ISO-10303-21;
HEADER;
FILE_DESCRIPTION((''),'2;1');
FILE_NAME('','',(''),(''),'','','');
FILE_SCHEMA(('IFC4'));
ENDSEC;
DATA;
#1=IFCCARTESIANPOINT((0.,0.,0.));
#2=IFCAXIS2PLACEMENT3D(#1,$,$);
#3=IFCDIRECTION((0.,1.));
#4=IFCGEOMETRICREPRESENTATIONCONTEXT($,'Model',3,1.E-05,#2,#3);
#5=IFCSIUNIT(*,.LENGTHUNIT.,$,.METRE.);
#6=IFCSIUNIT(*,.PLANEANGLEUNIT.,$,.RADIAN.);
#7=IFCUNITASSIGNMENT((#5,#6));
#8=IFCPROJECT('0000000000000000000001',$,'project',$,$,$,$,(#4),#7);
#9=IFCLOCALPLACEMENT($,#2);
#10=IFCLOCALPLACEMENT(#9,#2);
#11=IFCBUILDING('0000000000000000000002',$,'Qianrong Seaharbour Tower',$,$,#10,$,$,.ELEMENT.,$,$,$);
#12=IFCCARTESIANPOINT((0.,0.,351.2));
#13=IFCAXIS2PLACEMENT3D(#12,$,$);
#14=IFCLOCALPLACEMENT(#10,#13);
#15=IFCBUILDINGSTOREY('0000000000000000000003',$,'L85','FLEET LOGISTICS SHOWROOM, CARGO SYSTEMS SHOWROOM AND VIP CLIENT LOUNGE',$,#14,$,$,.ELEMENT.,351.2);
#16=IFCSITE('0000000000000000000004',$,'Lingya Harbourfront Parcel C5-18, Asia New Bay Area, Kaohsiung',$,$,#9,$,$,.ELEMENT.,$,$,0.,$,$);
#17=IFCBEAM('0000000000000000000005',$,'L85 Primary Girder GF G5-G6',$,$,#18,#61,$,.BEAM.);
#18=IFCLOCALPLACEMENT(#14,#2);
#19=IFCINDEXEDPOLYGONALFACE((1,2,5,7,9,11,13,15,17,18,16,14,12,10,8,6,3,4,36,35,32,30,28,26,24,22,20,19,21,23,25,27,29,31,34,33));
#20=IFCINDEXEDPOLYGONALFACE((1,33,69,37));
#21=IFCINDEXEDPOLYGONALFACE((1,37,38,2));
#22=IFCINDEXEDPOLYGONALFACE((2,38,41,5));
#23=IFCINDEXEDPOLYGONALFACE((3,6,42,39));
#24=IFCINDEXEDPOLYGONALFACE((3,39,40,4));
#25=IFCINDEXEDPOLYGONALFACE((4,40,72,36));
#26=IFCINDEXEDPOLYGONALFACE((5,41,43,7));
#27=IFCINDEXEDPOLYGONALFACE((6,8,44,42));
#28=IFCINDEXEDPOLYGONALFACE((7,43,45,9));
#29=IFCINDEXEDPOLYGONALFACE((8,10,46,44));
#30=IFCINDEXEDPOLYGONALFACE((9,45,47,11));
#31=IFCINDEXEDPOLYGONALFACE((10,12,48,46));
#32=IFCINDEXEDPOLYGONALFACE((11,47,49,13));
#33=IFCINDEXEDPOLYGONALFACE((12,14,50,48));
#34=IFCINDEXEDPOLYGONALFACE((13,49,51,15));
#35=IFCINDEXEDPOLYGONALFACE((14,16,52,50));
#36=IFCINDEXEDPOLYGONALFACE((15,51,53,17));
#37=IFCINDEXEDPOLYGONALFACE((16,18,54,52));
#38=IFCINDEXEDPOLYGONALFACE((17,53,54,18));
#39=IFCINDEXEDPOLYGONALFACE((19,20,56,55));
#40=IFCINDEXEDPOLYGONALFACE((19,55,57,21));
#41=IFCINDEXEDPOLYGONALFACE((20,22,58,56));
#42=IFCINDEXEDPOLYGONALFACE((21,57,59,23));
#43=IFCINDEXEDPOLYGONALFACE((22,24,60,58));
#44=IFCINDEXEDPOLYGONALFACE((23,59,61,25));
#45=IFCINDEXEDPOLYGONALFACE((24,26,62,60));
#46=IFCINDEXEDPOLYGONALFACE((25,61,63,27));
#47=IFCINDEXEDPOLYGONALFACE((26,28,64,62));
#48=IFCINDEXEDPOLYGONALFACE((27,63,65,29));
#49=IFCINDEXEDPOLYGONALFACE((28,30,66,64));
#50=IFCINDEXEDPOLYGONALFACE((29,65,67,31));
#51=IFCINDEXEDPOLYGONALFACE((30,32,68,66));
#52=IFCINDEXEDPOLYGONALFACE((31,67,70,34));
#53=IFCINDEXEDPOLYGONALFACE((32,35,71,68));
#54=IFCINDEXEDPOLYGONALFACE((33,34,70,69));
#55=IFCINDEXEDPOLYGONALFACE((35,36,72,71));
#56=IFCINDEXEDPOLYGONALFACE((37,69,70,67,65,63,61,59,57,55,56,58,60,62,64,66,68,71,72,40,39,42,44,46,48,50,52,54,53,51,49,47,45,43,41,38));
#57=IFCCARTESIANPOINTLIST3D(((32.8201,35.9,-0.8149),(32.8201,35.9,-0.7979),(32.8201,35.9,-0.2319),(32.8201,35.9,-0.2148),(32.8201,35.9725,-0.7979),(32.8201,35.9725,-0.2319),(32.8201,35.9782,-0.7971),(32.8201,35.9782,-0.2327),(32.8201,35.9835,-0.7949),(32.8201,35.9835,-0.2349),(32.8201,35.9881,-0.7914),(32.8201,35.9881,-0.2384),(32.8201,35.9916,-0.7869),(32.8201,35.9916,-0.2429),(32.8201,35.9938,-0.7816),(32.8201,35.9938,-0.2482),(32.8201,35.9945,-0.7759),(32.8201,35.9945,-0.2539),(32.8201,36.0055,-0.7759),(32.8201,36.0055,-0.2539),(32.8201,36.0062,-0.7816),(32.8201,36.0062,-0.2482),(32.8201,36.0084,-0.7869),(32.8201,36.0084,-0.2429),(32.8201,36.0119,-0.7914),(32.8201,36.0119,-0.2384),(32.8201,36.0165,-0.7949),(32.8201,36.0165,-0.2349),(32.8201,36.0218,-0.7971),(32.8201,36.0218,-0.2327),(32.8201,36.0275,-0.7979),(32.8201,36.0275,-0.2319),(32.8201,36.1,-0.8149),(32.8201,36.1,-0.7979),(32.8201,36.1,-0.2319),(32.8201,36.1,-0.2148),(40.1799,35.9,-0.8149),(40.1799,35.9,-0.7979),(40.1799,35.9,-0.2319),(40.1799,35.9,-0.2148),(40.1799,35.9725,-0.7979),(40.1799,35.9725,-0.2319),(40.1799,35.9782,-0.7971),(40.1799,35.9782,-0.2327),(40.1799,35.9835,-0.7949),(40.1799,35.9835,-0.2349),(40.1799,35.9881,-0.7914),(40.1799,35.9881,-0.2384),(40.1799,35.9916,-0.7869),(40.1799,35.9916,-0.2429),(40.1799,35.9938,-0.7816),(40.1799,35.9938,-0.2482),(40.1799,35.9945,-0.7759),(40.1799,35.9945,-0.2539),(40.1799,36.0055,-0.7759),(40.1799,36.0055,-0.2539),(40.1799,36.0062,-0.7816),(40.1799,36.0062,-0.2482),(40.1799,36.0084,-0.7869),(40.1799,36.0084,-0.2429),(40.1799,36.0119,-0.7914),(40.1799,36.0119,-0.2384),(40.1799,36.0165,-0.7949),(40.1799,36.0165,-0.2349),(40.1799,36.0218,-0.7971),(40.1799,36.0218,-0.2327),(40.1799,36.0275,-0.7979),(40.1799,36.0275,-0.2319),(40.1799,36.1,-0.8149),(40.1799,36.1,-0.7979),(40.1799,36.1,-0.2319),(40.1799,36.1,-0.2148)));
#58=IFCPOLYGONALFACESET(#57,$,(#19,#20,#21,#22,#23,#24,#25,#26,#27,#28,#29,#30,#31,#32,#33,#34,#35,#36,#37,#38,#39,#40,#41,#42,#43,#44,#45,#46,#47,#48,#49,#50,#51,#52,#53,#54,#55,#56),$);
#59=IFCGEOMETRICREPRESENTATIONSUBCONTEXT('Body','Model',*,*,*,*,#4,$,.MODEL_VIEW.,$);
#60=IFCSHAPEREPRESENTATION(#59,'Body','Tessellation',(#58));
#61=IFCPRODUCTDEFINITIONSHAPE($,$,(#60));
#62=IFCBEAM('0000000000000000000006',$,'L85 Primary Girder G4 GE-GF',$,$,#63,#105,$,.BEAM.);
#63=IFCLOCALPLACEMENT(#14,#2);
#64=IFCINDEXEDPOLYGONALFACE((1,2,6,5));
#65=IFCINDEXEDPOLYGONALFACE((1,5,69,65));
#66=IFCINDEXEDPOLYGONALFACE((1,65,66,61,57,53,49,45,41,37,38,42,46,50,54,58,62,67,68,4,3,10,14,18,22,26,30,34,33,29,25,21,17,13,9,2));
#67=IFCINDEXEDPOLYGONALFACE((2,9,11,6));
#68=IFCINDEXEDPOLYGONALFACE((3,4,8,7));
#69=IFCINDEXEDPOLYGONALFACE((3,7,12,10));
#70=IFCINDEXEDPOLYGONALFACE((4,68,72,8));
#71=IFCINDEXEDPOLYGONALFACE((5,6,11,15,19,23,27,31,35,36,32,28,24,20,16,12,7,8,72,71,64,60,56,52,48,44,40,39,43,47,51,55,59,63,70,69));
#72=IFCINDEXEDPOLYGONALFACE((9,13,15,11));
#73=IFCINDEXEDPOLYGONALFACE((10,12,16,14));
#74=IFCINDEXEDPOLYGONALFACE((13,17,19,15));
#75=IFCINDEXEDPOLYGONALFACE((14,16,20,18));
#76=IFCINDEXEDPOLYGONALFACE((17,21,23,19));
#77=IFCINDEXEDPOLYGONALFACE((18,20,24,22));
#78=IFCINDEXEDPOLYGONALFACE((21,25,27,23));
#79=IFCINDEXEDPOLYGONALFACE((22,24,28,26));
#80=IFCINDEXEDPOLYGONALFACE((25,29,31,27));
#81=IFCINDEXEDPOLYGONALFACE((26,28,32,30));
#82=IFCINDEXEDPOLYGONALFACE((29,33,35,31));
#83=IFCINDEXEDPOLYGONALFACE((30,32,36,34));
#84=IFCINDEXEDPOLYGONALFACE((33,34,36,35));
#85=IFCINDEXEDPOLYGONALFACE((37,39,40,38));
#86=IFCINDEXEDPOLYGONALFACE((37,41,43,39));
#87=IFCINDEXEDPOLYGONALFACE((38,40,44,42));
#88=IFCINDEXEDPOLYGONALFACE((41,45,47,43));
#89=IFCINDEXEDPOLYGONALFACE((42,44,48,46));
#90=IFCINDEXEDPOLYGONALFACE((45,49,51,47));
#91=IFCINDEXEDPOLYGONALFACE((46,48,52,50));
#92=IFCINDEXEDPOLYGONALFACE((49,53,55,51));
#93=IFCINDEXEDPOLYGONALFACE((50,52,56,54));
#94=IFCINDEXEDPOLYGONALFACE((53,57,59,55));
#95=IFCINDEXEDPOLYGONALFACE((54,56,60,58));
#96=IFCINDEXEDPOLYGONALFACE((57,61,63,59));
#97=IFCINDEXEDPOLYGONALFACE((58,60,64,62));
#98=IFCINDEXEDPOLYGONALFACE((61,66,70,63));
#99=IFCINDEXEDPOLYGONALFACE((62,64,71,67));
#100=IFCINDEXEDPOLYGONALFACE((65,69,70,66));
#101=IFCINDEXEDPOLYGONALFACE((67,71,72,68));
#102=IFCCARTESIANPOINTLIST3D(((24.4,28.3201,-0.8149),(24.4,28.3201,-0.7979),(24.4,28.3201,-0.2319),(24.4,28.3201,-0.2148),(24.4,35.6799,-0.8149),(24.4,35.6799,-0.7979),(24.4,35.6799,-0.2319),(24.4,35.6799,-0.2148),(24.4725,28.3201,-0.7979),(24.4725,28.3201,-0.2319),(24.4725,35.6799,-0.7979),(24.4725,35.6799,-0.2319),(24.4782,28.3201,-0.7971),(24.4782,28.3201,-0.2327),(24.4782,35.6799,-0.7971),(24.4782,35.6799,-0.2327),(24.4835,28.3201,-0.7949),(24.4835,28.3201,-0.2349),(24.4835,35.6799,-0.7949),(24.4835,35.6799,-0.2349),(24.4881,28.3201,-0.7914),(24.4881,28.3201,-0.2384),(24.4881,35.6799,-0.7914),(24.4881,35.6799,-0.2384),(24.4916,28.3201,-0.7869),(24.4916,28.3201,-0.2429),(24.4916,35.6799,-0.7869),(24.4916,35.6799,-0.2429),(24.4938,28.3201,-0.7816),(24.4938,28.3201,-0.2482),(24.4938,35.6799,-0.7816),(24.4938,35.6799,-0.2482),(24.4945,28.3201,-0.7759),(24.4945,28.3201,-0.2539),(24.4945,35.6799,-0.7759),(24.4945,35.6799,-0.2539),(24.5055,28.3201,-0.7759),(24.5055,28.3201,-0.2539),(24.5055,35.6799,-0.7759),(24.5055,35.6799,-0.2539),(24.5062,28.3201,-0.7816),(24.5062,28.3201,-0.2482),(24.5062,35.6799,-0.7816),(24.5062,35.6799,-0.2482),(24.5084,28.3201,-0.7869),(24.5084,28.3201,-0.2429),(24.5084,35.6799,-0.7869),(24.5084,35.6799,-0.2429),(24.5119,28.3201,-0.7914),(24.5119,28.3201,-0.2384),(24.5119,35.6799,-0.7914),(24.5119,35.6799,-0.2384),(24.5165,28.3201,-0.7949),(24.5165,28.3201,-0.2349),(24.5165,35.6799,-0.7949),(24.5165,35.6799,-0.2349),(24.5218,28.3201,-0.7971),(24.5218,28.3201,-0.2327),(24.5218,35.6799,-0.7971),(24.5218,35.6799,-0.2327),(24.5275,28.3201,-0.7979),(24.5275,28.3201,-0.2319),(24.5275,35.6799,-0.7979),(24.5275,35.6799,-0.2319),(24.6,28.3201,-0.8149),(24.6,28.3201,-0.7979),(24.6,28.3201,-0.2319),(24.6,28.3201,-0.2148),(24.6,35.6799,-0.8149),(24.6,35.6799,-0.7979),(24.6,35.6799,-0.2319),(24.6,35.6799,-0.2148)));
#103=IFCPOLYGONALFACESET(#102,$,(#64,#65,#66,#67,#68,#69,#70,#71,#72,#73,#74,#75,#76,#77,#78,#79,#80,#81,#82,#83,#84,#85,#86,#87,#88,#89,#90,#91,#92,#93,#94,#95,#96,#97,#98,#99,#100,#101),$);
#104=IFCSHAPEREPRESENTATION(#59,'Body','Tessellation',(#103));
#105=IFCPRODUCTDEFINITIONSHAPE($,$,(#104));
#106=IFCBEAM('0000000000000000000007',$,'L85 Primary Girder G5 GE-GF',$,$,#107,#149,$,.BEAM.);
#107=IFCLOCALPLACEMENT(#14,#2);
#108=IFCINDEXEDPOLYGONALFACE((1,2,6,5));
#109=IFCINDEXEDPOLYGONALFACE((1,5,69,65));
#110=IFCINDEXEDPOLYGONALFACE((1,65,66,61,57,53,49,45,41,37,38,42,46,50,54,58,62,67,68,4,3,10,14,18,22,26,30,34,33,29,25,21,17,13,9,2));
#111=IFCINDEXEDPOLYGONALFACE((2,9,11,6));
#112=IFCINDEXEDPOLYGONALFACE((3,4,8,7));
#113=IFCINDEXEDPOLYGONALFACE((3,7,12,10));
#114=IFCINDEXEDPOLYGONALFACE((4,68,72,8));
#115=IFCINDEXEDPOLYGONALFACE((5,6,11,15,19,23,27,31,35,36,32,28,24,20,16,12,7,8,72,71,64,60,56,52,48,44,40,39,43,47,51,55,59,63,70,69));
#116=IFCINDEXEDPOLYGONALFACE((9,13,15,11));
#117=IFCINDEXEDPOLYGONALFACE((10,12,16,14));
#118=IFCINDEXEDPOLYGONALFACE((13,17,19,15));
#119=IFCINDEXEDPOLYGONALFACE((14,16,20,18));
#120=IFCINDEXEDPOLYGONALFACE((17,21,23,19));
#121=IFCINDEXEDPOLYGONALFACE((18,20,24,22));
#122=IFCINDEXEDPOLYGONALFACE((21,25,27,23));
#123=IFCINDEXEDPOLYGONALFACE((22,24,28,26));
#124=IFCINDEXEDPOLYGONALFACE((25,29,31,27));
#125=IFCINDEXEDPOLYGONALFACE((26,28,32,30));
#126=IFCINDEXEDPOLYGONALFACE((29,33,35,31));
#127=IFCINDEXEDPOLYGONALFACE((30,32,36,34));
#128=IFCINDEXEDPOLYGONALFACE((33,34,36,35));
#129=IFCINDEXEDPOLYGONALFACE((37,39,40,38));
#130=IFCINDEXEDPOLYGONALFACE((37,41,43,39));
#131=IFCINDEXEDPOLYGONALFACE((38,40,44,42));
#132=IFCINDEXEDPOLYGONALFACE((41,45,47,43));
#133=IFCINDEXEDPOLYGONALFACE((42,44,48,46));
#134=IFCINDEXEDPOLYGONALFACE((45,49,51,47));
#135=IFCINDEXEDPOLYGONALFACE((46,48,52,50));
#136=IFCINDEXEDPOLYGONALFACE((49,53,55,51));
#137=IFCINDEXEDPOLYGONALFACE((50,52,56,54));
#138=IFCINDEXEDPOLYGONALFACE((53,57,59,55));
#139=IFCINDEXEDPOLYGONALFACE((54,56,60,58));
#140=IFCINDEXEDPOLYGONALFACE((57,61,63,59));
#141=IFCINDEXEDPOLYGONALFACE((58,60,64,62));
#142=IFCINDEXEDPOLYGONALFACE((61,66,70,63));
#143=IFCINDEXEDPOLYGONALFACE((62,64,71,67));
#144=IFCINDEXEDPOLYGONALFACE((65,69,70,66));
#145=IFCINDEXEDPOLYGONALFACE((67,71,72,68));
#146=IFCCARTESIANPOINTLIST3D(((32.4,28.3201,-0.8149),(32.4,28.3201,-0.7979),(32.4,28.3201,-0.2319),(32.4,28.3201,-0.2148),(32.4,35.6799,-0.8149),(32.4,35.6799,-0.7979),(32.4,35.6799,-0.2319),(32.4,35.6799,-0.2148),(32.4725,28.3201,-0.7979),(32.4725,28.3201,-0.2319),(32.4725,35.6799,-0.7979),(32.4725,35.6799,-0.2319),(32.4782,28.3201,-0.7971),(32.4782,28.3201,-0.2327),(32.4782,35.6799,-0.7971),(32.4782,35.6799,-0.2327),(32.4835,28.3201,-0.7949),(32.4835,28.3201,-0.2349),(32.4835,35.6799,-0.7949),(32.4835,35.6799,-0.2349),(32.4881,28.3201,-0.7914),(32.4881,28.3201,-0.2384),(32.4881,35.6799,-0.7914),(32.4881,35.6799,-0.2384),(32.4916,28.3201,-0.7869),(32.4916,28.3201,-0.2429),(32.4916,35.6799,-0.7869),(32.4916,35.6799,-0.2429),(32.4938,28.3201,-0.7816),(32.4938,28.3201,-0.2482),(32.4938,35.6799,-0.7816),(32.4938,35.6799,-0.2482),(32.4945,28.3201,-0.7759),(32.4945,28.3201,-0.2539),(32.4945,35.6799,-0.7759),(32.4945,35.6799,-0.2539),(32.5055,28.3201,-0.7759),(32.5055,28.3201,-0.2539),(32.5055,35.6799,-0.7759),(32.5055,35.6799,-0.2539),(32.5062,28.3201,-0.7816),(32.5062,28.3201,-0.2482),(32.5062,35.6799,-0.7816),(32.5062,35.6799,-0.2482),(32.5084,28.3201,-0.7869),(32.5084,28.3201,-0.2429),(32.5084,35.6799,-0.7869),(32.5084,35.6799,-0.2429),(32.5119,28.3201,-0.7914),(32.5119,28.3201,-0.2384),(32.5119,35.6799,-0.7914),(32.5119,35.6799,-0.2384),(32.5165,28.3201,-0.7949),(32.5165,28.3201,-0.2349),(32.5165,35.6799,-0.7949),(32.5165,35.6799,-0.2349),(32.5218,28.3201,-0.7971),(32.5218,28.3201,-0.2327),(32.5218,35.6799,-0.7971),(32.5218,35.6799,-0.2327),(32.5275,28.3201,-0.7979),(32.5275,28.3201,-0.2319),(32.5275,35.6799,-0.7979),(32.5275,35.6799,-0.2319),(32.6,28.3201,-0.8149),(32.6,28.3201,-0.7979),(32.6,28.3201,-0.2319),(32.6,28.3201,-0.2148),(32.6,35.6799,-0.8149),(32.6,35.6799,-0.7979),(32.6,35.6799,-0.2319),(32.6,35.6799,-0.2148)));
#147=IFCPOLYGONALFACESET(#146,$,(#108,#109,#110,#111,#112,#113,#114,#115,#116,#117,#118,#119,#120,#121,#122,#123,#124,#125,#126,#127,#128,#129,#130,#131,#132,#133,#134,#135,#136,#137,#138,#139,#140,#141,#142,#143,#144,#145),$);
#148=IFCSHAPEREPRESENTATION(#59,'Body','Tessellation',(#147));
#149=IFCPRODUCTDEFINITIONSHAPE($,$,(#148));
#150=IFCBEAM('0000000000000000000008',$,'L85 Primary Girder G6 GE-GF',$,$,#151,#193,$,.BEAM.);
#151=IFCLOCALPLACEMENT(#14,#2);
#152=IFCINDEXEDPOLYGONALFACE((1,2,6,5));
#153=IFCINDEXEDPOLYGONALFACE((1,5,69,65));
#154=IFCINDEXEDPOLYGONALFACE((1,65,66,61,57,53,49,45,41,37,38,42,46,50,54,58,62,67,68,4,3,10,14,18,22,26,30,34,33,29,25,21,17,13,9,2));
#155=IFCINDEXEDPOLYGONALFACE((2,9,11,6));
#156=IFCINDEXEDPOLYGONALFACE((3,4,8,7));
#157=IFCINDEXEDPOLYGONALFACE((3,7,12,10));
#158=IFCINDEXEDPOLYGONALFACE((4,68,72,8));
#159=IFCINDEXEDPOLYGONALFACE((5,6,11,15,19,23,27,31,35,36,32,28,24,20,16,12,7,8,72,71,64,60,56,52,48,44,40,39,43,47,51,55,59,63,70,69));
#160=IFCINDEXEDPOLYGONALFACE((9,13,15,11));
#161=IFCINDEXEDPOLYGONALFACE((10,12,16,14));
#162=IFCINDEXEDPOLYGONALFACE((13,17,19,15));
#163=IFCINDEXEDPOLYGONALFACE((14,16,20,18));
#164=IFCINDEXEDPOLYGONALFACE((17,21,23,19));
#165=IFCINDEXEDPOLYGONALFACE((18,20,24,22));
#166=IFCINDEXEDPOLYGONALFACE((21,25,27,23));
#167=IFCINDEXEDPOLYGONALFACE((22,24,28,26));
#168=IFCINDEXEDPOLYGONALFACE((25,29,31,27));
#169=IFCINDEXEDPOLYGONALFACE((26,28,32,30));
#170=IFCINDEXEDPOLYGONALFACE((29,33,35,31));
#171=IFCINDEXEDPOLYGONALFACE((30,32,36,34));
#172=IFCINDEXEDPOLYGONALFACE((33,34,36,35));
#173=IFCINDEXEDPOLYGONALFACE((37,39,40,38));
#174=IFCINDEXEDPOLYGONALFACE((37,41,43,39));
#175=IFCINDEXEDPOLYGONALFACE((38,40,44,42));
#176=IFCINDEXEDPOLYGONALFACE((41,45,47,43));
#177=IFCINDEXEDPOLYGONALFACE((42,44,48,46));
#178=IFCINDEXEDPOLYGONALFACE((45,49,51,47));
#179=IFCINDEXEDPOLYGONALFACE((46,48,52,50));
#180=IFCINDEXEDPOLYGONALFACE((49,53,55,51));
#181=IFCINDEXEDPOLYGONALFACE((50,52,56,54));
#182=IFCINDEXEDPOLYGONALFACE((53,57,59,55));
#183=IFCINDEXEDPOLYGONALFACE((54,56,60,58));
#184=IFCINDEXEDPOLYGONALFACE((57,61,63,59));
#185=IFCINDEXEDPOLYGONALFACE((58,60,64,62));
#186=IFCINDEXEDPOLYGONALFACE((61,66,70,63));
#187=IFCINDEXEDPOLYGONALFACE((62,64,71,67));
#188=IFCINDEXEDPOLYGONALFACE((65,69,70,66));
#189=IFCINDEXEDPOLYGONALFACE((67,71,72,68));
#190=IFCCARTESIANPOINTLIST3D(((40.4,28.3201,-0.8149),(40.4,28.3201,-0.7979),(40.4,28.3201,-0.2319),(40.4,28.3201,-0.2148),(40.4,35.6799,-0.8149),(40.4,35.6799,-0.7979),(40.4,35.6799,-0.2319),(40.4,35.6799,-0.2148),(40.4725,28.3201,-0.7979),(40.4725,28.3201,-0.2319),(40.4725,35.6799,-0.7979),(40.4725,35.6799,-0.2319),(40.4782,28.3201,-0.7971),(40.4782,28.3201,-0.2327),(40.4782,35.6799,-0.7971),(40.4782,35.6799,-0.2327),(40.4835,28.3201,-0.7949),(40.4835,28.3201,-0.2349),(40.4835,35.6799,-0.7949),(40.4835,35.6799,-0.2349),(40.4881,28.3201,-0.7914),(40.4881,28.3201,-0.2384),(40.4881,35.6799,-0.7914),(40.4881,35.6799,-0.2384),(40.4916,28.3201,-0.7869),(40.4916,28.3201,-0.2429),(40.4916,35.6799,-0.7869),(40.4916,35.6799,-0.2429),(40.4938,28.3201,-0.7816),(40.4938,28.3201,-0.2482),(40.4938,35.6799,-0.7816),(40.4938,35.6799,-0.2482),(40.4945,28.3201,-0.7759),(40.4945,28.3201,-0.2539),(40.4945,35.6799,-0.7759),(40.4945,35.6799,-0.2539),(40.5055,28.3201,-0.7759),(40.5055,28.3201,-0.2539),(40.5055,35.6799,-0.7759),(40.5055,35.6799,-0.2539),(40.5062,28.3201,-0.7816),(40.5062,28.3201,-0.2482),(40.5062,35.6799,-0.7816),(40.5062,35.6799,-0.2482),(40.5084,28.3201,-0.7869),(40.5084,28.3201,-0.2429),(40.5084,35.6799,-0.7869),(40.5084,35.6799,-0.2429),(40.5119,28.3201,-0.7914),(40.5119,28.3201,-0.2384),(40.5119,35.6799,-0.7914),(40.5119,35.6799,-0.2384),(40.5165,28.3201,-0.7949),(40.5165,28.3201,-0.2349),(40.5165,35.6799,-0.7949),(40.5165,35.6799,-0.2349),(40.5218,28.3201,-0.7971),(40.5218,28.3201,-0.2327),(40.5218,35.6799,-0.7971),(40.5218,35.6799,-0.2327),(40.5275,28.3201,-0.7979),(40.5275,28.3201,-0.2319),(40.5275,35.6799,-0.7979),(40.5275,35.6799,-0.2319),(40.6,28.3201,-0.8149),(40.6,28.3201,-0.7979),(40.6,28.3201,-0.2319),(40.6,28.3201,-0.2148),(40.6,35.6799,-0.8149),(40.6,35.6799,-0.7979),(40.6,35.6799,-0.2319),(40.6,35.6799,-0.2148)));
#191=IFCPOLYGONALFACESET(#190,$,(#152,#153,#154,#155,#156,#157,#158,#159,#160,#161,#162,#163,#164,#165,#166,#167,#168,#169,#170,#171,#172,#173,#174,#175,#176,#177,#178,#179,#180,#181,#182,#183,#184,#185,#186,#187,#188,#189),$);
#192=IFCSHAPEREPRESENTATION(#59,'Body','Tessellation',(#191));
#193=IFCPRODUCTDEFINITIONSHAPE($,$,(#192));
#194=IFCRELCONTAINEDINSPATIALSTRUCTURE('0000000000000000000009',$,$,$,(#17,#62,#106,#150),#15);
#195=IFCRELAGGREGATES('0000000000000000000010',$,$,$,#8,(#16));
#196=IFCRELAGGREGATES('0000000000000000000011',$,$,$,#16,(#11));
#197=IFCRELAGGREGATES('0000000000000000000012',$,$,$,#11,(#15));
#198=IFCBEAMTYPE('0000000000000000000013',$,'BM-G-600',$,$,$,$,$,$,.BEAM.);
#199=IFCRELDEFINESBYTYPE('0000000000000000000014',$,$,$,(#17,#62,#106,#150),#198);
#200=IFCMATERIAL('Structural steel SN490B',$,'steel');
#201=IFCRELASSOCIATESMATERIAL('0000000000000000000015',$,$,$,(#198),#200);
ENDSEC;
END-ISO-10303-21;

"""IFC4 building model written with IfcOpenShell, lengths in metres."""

from ifc_helpers import new_model, si_unit, direction, frame, origin, origin_2d, place, context, subcontext, project, spatial, i_section, extrude, material, material_profile, profile_set, type_object, element, save


model = new_model("IFC4")

# Units and contexts
model_context = context("Model", 3, precision=1e-05, world=origin(), true_north=direction((0.0, 1.0)))
body_context = subcontext(model_context, "Body", "Model", "MODEL_VIEW")
ifc_project = project(units=[si_unit("LENGTHUNIT", "METRE"), si_unit("PLANEANGLEUNIT", "RADIAN")], contexts=[model_context])

# Site, building, storey
site_placement = place(None, origin())
site = spatial("IfcSite", under=ifc_project, at=site_placement, Name="Lingya Harbourfront Parcel C5-18, Asia New Bay Area, Kaohsiung", CompositionType="ELEMENT", RefElevation=0.0)
building_placement = place(site_placement, origin())
building = spatial("IfcBuilding", under=site, at=building_placement, Name="Qianrong Seaharbour Tower", CompositionType="ELEMENT")
storey_placement = place(building_placement, frame((0.0, 0.0, 351.2)))
storey = spatial("IfcBuildingStorey", under=building, at=storey_placement, Name="L85", Description="FLEET LOGISTICS SHOWROOM, CARGO SYSTEMS SHOWROOM AND VIP CLIENT LOUNGE", CompositionType="ELEMENT", Elevation=351.2)

# Shared definitions
ifc_material_1 = material(Name="Structural steel SN490B", Category="steel")

# Beams
ifc_material_profile_1 = material_profile(ifc_material_1, i_section(OverallWidth=0.2, OverallDepth=0.6001, WebThickness=0.011, FlangeThickness=0.0171, FilletRadius=0.022, at=origin_2d()), Name="H600x200x11x17")
ifc_profile_set_1 = profile_set([ifc_material_profile_1], Name="Structural steel SN490B")
beam_type_1 = type_object("IfcBeamType", Name="BM-G-600", PredefinedType="BEAM", material=ifc_profile_set_1)
for number, where, z_axis, x_axis, name in (
    (1, (32.8201, 36.0, -0.5149), (1.0, 0.0, 0.0), (0.0, 1.0, 0.0), "L85 Primary Girder GF G5-G6"),
    (2, (24.5, 28.3201, -0.5149), (0.0, 1.0, 0.0), (-1.0, 0.0, 0.0), "L85 Primary Girder G4 GE-GF"),
    (3, (32.5, 28.3201, -0.5149), (0.0, 1.0, 0.0), (-1.0, 0.0, 0.0), "L85 Primary Girder G5 GE-GF"),
    (4, (40.5, 28.3201, -0.5149), (0.0, 1.0, 0.0), (-1.0, 0.0, 0.0), "L85 Primary Girder G6 GE-GF"),
):
    element("IfcBeam", number, at=place(storey_placement, frame(where, z_axis=z_axis, x_axis=x_axis)), inside=storey, type_object=beam_type_1, Name=name, PredefinedType="BEAM", context=body_context, shape_type="SweptSolid", body=[
        extrude(i_section(OverallWidth=0.2, OverallDepth=0.6001, WebThickness=0.011, FlangeThickness=0.0171, FilletRadius=0.022, at=origin_2d()), origin(), (0.0, 0.0, 1.0), 7.3599),
    ])

save(model, "model.ifc")
